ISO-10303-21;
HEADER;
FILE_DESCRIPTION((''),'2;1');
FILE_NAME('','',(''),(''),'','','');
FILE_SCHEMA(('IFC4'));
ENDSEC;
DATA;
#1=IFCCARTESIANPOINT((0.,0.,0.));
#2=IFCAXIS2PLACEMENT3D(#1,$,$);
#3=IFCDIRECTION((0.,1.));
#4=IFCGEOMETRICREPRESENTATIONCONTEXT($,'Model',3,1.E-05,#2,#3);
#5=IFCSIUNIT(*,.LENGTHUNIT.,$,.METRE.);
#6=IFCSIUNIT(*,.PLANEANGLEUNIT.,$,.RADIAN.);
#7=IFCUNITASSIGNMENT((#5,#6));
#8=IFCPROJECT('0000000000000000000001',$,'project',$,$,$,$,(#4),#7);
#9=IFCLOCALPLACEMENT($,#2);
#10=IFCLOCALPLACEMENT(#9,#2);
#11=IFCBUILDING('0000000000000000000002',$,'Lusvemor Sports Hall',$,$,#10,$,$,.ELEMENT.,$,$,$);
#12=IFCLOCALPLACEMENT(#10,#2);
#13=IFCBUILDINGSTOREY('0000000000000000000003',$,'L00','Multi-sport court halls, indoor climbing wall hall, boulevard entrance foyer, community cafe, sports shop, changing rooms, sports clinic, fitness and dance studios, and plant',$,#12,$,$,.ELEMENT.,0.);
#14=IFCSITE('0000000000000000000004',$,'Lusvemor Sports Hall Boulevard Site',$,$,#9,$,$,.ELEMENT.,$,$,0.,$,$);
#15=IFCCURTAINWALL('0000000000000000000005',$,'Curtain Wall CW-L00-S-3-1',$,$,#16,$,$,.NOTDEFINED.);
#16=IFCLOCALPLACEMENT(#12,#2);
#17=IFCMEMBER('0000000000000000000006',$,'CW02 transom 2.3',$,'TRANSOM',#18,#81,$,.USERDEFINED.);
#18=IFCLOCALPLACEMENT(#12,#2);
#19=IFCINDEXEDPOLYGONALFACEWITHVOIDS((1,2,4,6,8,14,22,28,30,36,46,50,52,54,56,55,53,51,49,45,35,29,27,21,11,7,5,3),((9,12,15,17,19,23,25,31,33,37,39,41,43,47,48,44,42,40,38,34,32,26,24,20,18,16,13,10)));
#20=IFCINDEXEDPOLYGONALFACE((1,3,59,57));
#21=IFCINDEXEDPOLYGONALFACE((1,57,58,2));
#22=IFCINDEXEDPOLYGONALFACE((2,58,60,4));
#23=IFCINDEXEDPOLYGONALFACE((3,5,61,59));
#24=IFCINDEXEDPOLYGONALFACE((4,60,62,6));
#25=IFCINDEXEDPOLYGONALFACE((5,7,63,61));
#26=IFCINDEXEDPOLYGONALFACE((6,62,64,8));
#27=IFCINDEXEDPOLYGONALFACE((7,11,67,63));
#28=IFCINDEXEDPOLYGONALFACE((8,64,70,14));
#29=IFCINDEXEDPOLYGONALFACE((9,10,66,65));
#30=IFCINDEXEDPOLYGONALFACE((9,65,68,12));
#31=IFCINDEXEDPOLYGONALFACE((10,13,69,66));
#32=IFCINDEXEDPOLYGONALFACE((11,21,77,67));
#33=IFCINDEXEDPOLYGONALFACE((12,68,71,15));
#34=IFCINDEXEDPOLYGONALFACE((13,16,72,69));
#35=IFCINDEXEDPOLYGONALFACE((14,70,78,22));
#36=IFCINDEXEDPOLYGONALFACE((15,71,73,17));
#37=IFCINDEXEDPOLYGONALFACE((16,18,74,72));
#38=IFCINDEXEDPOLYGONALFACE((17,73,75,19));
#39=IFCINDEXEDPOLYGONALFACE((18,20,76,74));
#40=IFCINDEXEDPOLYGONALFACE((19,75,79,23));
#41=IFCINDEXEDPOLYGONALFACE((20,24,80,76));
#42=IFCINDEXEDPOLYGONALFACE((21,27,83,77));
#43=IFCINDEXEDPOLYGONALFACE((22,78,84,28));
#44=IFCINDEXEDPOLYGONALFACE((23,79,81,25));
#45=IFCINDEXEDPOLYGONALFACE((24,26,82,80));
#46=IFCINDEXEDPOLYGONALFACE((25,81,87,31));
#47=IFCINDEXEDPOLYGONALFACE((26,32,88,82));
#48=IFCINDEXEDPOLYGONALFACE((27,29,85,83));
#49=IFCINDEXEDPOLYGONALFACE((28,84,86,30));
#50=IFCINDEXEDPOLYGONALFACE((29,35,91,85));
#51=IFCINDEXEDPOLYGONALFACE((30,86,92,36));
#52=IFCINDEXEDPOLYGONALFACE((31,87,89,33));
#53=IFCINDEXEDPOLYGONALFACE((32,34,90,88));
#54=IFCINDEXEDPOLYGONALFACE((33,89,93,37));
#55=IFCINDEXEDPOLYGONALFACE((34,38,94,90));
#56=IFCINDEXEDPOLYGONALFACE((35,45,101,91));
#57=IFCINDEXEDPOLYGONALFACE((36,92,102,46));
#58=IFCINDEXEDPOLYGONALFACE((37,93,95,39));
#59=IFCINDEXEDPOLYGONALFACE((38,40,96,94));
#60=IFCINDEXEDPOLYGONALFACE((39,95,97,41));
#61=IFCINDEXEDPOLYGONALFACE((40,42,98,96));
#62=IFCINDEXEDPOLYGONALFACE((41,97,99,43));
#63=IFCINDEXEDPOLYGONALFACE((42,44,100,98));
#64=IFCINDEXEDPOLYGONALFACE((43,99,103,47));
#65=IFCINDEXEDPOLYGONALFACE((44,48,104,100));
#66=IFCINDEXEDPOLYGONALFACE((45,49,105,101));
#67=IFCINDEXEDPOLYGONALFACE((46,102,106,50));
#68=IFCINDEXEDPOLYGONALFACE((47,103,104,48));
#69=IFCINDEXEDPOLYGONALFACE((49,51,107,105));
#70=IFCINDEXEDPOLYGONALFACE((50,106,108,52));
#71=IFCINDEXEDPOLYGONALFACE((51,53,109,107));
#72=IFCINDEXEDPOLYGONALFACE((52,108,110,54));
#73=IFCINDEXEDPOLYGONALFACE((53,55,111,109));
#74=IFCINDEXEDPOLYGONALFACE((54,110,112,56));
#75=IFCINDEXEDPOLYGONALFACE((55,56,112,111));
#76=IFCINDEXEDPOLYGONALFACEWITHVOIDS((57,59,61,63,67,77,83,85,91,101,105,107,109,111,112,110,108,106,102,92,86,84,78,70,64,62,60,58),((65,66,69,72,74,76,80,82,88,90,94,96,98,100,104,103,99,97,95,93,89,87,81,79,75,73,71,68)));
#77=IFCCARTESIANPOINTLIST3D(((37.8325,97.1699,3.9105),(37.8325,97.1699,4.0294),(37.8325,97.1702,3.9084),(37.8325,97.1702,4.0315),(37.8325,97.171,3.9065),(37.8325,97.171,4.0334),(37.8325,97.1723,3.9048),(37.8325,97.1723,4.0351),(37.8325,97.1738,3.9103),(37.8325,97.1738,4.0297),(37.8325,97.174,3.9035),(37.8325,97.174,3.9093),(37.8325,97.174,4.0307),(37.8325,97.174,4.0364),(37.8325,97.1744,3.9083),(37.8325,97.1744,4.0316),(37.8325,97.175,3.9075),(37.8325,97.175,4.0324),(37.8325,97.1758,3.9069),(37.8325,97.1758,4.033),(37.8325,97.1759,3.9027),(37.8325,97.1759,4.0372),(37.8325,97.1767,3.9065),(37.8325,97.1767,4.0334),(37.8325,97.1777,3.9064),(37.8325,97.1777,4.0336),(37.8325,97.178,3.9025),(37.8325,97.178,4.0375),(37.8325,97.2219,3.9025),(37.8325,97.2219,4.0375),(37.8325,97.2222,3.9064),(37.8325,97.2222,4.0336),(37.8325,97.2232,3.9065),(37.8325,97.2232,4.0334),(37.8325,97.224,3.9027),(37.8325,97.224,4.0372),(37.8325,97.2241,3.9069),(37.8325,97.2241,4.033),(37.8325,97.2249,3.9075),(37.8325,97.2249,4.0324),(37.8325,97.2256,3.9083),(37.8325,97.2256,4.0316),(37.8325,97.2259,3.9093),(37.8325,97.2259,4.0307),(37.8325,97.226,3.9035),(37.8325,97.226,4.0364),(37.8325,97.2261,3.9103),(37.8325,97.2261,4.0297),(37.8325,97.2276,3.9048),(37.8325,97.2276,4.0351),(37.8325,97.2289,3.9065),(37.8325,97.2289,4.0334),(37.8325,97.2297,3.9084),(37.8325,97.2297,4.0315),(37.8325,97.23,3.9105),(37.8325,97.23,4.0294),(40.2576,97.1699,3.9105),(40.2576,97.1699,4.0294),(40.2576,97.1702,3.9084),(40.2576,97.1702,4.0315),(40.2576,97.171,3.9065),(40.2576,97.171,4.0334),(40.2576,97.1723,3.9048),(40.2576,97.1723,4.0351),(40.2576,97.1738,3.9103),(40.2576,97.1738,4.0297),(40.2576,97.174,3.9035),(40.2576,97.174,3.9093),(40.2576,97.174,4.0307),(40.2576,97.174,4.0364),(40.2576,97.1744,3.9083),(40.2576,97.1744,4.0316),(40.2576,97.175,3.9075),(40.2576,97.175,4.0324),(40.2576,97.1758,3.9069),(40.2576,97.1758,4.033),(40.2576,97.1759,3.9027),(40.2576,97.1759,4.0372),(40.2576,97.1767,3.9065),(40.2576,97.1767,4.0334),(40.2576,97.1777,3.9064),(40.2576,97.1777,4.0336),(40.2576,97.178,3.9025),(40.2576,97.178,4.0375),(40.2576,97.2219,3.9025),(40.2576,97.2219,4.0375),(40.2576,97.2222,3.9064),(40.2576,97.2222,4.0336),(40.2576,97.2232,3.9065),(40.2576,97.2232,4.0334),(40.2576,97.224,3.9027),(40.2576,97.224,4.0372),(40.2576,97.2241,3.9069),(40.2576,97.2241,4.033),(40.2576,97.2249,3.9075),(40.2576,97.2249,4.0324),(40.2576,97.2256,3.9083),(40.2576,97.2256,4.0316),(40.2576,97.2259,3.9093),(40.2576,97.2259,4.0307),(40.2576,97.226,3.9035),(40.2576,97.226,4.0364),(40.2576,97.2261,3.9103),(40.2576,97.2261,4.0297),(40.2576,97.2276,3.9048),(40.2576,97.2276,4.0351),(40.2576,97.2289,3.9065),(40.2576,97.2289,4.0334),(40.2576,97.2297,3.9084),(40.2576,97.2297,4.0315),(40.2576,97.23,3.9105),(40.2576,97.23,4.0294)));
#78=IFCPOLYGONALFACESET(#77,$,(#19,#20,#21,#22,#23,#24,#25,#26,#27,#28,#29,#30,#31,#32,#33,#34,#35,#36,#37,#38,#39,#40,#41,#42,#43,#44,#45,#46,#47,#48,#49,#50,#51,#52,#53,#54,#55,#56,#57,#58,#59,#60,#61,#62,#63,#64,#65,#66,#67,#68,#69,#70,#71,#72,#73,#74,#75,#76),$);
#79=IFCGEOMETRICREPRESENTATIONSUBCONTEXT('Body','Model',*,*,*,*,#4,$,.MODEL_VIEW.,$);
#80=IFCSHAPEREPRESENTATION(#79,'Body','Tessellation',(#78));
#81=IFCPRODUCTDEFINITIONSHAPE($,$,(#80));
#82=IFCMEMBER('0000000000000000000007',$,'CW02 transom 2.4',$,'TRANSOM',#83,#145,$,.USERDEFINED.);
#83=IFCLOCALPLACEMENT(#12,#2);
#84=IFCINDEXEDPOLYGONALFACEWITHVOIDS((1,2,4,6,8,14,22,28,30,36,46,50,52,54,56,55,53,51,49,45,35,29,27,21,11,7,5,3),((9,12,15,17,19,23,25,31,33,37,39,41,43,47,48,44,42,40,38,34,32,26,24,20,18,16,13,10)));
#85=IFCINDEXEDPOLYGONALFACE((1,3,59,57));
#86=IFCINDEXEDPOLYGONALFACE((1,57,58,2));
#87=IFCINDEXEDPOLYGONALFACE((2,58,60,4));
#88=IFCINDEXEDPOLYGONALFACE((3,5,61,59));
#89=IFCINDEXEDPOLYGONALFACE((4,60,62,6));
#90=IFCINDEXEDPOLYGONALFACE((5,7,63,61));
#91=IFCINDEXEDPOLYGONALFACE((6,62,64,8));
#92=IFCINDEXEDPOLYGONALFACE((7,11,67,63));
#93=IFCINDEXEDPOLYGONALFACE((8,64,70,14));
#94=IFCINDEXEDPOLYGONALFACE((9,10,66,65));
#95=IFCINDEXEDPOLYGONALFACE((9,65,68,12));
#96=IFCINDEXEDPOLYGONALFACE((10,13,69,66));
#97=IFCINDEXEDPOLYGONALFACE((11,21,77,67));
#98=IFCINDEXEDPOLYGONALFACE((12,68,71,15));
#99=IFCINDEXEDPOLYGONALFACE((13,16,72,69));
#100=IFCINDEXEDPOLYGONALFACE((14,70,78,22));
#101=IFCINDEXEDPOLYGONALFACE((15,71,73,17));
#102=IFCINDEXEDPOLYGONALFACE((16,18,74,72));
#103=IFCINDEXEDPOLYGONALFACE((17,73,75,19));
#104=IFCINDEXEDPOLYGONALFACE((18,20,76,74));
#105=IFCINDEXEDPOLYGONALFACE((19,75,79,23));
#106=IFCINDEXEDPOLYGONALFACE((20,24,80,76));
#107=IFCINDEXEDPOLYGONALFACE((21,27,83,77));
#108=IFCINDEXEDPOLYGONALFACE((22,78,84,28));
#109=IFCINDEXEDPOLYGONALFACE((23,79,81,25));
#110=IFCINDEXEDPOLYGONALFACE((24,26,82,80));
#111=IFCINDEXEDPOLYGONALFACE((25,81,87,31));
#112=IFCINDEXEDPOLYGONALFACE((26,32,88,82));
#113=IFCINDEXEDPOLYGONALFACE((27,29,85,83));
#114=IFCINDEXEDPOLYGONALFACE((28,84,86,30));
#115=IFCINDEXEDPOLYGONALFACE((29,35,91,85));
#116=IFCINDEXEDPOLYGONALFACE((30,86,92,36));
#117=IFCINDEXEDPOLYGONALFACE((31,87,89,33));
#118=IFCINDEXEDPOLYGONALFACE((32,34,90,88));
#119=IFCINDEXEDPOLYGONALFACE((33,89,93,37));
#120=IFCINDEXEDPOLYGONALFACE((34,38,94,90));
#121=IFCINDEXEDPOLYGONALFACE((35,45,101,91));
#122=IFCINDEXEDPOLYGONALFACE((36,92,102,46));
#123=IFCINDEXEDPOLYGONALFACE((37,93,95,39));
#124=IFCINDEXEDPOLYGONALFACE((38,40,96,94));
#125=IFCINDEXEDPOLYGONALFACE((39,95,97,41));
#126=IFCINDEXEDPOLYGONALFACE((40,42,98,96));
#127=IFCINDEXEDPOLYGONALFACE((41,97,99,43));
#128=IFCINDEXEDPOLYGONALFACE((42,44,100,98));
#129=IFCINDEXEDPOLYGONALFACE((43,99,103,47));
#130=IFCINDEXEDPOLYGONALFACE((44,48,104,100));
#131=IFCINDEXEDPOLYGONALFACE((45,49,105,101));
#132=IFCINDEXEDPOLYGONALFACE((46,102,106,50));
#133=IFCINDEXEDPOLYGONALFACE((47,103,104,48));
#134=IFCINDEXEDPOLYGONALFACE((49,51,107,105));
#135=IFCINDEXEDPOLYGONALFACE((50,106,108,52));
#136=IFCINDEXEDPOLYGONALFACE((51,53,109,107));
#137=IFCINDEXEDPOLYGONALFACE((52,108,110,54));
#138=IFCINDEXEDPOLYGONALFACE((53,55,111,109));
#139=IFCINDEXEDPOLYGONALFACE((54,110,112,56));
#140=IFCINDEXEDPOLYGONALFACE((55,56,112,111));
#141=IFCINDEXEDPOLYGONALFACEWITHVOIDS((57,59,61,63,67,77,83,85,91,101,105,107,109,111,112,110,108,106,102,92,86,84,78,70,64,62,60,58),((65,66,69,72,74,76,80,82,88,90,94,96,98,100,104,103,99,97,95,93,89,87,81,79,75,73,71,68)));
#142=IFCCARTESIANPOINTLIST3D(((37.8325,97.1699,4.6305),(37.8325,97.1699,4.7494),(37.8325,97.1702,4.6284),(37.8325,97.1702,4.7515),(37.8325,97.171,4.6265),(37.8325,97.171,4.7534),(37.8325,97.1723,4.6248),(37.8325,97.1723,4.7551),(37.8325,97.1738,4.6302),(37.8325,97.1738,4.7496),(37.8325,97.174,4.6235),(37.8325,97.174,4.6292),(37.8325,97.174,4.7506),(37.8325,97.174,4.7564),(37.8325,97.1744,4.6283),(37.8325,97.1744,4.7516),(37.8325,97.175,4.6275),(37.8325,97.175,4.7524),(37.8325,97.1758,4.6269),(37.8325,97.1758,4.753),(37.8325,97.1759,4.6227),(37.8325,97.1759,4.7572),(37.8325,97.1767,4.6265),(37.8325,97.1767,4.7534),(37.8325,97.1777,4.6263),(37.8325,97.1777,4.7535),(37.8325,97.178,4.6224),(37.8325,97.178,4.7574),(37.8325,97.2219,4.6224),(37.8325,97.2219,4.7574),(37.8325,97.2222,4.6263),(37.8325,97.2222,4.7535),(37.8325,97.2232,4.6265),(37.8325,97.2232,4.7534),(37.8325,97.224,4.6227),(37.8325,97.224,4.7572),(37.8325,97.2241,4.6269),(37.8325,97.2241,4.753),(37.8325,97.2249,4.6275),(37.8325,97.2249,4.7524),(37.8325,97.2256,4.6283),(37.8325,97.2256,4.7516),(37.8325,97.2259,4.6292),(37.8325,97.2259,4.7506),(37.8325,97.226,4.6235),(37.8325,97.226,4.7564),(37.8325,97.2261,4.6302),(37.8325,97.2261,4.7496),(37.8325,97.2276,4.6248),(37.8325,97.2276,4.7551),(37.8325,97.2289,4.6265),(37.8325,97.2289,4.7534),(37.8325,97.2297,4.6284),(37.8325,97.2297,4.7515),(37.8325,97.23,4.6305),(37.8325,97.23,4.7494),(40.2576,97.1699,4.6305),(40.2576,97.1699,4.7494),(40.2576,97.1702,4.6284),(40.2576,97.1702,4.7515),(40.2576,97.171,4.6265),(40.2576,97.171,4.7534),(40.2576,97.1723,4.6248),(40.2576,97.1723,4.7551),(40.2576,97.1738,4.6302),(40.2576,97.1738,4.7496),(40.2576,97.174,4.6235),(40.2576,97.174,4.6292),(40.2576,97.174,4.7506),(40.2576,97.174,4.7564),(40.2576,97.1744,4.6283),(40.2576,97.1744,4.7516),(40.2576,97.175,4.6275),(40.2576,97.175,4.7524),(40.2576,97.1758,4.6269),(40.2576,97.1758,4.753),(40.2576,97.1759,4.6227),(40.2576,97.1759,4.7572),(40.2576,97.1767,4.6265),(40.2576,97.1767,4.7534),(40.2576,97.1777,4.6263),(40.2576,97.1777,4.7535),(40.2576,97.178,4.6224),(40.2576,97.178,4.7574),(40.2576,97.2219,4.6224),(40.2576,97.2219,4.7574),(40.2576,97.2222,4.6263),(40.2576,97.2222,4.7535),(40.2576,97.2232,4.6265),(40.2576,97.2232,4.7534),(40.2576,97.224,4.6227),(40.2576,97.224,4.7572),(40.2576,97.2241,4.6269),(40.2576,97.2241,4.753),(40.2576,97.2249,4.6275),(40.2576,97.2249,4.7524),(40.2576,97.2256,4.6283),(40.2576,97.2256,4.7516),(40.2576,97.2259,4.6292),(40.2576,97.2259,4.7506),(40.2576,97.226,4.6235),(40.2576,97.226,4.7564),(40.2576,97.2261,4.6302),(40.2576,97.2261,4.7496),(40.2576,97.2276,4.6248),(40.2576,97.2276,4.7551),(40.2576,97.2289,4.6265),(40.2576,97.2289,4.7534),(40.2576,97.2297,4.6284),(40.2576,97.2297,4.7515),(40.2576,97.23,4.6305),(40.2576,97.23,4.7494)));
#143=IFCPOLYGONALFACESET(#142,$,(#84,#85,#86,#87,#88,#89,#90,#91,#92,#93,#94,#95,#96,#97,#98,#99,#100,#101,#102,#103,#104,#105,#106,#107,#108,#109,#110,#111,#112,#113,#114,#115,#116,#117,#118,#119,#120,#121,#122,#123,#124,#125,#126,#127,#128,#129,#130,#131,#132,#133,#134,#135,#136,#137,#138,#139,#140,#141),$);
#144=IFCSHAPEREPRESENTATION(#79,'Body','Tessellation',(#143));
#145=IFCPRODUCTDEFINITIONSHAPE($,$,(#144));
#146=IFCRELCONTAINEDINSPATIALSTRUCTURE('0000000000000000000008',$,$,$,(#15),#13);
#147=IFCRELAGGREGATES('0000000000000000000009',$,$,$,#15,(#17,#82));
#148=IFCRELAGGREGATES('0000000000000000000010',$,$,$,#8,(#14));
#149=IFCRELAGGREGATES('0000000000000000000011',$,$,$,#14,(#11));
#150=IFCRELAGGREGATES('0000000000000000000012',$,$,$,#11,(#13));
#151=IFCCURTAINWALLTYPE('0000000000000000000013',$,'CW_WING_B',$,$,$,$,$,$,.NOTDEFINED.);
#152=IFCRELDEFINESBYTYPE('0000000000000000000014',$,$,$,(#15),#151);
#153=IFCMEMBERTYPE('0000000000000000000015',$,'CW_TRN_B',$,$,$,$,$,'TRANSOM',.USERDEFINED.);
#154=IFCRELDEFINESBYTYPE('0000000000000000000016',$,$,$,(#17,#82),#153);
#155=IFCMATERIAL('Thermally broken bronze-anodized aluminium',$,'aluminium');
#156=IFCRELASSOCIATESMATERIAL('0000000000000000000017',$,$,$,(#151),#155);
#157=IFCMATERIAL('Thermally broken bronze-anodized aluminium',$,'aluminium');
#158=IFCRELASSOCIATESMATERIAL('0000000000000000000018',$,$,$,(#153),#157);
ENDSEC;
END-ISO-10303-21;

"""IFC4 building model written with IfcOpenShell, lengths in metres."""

from ifc_helpers import new_model, si_unit, direction, frame, origin, origin_2d, place, context, subcontext, project, spatial, hollow_rectangle, extrude, material, material_profile, profile_set, type_object, element, aggregate, save


model = new_model("IFC4")

# Units and contexts
model_context = context("Model", 3, precision=1e-05, world=origin(), true_north=direction((0.0, 1.0)))
body_context = subcontext(model_context, "Body", "Model", "MODEL_VIEW")
ifc_project = project(units=[si_unit("LENGTHUNIT", "METRE"), si_unit("PLANEANGLEUNIT", "RADIAN")], contexts=[model_context])

# Site, building, storey
site_placement = place(None, origin())
site = spatial("IfcSite", under=ifc_project, at=site_placement, Name="Lusvemor Sports Hall Boulevard Site", CompositionType="ELEMENT", RefElevation=0.0)
building_placement = place(site_placement, origin())
building = spatial("IfcBuilding", under=site, at=building_placement, Name="Lusvemor Sports Hall", CompositionType="ELEMENT")
storey_placement = place(building_placement, origin())
storey = spatial("IfcBuildingStorey", under=building, at=storey_placement, Name="L00", Description="Multi-sport court halls, indoor climbing wall hall, boulevard entrance foyer, community cafe, sports shop, changing rooms, sports clinic, fitness and dance studios, and plant", CompositionType="ELEMENT", Elevation=0.0)

# Curtain wall
ifc_material_1 = material(Name="Thermally broken bronze-anodized aluminium", Category="aluminium")
curtain_wall_type = type_object("IfcCurtainWallType", Name="CW_WING_B", PredefinedType="NOTDEFINED", material=ifc_material_1)
curtain_wall_1_placement = place(storey_placement, origin())
curtain_wall_1 = element("IfcCurtainWall", 1, at=curtain_wall_1_placement, inside=storey, type_object=curtain_wall_type, Name="Curtain Wall CW-L00-S-3-1", PredefinedType="NOTDEFINED")

# Members
ifc_material_2 = material(Name="Thermally broken bronze-anodized aluminium", Category="aluminium")
ifc_material_profile_1 = material_profile(ifc_material_2, hollow_rectangle(XDim=0.0601, YDim=0.135, WallThickness=0.0039, InnerFilletRadius=0.0039, OuterFilletRadius=0.0081, at=origin_2d()), Name="CWTRN135x60x4")
ifc_profile_set_1 = profile_set([ifc_material_profile_1], Name="Thermally broken bronze-anodized aluminium")
member_type_1 = type_object("IfcMemberType", Name="CW_TRN_B", ElementType="TRANSOM", PredefinedType="USERDEFINED", material=ifc_profile_set_1)
member_1_placement = place(storey_placement, frame((40.2576, 97.2, 3.97), z_axis=(-1.0, 0.0, 0.0), x_axis=(0.0, -1.0, 0.0)))
member_1 = element("IfcMember", 2, at=member_1_placement, type_object=member_type_1, Name="CW02 transom 2.3", ObjectType="TRANSOM", PredefinedType="USERDEFINED", context=body_context, shape_type="SweptSolid", body=[
    extrude(hollow_rectangle(XDim=0.0601, YDim=0.135, WallThickness=0.0039, InnerFilletRadius=0.0039, OuterFilletRadius=0.0081, at=origin_2d()), origin(), (0.0, 0.0, 1.0), 2.425),
])
member_2_placement = place(storey_placement, frame((40.2576, 97.2, 4.6899), z_axis=(-1.0, 0.0, 0.0), x_axis=(0.0, -1.0, 0.0)))
member_2 = element("IfcMember", 3, at=member_2_placement, type_object=member_type_1, Name="CW02 transom 2.4", ObjectType="TRANSOM", PredefinedType="USERDEFINED", context=body_context, shape_type="SweptSolid", body=[
    extrude(hollow_rectangle(XDim=0.0601, YDim=0.135, WallThickness=0.0039, InnerFilletRadius=0.0039, OuterFilletRadius=0.0081, at=origin_2d()), origin(), (0.0, 0.0, 1.0), 2.425),
])

aggregate(curtain_wall_1, [member_1, member_2])

save(model, "model.ifc")
